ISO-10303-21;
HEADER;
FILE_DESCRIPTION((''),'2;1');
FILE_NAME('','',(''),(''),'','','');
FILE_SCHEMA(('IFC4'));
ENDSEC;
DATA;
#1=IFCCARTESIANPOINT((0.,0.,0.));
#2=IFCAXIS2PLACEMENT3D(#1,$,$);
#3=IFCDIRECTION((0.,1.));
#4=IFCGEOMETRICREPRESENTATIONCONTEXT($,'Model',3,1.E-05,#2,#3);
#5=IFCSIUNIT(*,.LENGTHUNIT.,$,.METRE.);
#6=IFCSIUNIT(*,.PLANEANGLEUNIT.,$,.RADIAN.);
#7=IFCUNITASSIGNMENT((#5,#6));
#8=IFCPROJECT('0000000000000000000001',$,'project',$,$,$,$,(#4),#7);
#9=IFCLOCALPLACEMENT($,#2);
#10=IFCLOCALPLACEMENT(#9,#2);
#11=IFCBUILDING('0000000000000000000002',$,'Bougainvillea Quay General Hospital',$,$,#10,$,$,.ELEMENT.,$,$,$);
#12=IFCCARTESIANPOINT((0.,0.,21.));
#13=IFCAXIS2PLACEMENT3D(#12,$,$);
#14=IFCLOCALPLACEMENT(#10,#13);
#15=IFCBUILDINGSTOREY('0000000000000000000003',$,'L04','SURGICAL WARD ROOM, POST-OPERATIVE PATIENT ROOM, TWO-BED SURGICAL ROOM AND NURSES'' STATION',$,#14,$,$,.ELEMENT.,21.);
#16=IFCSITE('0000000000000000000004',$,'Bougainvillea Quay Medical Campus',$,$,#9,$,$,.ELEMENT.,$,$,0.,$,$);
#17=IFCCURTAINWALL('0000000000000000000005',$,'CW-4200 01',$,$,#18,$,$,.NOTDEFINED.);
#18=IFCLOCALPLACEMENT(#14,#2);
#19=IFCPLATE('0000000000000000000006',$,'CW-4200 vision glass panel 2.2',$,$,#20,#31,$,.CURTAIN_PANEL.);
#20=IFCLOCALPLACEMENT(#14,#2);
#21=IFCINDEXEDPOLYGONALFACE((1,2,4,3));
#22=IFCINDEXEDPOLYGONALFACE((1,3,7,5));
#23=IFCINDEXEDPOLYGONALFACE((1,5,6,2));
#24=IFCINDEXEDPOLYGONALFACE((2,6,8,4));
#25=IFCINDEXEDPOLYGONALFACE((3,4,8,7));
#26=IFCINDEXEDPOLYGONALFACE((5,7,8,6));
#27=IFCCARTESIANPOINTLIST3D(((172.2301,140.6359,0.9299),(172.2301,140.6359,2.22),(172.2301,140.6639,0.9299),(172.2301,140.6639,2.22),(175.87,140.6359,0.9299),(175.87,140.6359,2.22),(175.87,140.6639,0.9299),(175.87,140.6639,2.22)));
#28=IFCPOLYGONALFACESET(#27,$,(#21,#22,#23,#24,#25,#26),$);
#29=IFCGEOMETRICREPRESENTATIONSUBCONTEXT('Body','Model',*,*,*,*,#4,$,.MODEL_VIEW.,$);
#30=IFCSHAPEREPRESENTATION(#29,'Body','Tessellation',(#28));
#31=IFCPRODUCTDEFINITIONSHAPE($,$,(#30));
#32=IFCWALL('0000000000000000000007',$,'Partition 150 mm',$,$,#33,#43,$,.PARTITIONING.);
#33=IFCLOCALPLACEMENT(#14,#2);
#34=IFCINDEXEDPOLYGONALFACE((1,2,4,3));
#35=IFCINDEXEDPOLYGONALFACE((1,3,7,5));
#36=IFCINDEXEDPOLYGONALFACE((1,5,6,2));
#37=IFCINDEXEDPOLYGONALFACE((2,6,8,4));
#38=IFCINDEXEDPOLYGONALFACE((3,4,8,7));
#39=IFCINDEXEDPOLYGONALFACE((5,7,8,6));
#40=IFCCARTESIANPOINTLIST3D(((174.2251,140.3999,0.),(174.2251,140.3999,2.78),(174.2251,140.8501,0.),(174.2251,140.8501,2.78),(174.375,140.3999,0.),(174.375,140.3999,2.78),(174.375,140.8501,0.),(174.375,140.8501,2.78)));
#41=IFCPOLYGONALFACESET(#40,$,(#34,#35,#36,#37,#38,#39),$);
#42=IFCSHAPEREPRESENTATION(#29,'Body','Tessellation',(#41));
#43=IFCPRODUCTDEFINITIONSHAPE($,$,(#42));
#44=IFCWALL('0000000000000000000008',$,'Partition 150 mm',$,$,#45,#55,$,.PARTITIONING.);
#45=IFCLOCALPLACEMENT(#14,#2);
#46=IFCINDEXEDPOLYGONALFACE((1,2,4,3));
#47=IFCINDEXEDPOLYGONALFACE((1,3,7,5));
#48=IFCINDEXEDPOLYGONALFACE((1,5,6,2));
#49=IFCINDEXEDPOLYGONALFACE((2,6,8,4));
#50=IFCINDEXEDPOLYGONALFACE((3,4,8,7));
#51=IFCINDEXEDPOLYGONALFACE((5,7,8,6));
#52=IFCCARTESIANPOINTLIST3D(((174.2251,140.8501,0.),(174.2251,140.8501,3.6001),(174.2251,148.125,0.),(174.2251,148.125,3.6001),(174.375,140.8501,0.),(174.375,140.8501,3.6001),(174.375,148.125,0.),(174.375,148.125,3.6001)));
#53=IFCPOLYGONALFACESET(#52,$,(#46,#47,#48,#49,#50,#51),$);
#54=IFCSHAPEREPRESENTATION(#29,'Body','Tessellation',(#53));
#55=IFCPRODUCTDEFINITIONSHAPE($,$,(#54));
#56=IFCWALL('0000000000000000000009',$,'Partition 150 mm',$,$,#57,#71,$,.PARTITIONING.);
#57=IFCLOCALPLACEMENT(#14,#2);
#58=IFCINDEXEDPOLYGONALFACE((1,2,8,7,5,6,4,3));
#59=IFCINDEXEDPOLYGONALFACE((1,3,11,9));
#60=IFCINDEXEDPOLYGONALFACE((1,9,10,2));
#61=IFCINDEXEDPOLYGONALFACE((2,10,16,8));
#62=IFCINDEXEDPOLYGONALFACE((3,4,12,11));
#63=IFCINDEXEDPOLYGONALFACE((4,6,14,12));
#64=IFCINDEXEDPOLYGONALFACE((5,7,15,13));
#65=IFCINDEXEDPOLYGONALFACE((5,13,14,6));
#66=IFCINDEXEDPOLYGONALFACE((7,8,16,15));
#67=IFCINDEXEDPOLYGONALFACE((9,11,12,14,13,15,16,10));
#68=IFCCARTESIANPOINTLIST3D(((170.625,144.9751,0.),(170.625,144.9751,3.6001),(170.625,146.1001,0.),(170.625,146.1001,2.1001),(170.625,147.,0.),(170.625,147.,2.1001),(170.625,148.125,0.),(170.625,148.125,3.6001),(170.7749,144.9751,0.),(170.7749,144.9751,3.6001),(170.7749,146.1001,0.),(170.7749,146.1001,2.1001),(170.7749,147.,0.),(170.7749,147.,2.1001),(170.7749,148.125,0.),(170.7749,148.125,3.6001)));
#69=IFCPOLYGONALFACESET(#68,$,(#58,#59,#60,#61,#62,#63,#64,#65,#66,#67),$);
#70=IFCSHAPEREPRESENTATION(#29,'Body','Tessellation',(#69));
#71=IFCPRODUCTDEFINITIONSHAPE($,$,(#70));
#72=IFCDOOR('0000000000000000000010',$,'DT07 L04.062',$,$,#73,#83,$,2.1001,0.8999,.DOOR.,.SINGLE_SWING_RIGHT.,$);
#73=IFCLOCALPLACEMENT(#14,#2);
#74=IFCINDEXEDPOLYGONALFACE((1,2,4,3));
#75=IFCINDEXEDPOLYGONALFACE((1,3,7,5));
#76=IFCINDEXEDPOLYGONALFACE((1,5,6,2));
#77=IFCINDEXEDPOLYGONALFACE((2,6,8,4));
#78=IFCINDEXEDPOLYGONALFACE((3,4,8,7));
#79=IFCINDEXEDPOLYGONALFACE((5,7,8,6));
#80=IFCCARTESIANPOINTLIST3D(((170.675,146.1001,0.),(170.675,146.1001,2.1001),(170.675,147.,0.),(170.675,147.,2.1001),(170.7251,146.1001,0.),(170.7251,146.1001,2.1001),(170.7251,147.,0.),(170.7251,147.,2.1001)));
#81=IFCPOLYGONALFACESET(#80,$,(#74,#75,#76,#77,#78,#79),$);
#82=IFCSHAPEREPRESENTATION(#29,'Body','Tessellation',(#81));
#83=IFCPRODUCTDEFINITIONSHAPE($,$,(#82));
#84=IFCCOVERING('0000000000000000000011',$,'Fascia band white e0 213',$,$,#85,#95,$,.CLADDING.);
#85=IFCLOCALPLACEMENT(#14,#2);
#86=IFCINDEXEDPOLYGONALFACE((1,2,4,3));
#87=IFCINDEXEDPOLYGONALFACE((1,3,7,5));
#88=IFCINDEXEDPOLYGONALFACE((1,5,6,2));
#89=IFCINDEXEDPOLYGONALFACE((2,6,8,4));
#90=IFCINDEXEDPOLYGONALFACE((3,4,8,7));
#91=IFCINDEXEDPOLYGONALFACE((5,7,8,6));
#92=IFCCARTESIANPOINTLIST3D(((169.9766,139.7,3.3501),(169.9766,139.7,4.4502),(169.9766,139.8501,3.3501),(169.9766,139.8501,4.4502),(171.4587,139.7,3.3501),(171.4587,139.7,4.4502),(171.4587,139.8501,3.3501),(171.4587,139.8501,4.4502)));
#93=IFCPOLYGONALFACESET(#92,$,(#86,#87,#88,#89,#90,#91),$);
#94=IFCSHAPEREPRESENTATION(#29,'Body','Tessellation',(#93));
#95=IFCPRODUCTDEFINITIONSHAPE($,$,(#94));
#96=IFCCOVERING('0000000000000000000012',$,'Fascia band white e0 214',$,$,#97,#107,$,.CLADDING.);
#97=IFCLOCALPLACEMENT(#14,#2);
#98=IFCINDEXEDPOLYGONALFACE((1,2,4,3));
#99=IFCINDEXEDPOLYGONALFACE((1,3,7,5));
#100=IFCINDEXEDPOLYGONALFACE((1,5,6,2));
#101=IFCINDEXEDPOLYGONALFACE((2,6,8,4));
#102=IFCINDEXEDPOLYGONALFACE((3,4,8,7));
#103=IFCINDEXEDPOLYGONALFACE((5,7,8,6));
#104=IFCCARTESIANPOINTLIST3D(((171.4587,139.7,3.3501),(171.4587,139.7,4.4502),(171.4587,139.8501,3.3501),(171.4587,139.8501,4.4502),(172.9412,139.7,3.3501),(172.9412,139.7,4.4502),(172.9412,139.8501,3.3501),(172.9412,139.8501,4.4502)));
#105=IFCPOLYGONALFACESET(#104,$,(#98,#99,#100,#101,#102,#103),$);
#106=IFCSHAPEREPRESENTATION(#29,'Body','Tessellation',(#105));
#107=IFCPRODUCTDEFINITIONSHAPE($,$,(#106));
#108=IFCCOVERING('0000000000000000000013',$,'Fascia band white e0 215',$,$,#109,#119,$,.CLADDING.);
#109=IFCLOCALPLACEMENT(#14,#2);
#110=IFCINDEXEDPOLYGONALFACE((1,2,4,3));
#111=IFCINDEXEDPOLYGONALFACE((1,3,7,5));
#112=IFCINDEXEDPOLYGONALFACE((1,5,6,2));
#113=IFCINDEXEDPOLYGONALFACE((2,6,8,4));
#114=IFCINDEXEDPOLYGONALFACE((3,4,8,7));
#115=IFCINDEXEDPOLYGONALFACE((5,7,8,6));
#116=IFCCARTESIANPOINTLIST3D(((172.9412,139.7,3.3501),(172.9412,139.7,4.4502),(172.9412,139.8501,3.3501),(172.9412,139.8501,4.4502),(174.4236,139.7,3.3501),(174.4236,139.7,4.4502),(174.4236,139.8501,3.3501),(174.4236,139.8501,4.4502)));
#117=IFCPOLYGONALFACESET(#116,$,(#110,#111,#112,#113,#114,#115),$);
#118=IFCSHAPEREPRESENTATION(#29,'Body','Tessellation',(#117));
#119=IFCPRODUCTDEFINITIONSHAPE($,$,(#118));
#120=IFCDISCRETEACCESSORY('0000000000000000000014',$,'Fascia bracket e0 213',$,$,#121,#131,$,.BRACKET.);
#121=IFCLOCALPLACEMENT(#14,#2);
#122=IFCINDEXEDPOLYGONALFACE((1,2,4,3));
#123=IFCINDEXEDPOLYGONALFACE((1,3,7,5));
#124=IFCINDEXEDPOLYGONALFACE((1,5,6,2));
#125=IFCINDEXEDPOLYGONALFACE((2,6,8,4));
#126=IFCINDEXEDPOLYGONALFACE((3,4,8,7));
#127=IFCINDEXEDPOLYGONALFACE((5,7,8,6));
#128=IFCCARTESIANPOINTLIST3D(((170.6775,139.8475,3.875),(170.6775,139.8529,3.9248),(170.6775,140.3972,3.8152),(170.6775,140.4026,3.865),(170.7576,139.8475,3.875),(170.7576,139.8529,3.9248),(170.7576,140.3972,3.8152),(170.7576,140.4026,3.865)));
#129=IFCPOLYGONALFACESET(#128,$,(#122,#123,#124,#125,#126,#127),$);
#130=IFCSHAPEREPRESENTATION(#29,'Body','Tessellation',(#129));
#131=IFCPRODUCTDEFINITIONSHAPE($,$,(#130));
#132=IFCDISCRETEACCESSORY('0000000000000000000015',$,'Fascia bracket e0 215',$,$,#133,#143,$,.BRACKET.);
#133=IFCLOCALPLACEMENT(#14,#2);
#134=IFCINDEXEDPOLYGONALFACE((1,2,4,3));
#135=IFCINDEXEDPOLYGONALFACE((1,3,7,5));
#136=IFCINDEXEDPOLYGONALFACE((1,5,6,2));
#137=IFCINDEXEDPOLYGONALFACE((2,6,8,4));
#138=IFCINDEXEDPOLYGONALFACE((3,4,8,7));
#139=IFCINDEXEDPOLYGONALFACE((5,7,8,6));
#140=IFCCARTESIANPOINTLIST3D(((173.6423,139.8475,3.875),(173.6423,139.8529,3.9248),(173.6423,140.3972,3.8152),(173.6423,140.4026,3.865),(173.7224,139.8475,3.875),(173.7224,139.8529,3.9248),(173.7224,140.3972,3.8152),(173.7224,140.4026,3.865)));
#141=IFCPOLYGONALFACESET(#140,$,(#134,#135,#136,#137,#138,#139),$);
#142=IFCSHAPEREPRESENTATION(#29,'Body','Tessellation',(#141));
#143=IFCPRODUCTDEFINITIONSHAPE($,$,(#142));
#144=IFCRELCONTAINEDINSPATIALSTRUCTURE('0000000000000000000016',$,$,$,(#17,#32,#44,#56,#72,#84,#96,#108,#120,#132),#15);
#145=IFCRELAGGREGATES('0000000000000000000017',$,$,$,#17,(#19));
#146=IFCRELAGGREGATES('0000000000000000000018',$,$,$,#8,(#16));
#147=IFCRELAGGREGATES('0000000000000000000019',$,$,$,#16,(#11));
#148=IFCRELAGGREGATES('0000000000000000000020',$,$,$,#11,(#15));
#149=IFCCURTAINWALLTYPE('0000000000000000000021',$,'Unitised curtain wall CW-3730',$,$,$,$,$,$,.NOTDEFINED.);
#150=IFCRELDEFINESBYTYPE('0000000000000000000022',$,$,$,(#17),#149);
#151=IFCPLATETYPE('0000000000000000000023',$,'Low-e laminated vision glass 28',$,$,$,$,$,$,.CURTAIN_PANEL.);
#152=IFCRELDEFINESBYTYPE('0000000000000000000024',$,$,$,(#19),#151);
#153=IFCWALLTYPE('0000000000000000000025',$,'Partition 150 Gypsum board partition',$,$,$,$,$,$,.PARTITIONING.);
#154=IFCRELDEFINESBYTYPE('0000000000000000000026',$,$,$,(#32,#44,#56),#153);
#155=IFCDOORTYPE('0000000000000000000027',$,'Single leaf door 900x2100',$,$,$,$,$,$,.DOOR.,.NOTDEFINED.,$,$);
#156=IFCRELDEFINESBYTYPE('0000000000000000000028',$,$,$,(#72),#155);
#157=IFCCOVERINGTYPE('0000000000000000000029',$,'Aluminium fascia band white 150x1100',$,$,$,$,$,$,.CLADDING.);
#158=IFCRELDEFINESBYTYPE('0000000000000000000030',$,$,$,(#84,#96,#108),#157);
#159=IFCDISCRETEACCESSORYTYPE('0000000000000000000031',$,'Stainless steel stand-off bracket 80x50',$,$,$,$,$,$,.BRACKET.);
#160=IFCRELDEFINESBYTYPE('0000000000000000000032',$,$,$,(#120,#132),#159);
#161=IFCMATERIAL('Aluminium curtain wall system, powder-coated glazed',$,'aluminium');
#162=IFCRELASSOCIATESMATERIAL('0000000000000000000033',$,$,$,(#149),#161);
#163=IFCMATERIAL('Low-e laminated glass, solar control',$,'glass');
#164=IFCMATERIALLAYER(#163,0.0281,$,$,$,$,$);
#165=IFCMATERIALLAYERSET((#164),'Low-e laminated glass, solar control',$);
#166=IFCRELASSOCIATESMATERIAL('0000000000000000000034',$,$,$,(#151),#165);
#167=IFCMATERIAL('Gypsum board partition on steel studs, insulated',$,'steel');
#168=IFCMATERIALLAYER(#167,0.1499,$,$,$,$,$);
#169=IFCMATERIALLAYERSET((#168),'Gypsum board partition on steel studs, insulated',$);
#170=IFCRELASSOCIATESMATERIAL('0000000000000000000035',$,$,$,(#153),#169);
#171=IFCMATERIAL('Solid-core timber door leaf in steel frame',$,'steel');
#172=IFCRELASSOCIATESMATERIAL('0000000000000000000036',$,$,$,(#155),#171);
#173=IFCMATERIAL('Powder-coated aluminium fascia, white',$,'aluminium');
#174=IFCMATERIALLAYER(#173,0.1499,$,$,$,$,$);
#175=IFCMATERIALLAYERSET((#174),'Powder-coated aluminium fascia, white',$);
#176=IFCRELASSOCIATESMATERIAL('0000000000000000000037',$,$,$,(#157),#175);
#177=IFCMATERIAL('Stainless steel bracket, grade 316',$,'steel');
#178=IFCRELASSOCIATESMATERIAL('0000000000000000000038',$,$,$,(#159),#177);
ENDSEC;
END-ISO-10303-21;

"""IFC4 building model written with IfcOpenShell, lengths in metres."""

from ifc_helpers import new_model, si_unit, direction, frame, frame_2d, origin, origin_2d, place, context, subcontext, project, spatial, polyline, rectangle, outline, extrude, material, layer, layer_set, material_profile, profile_set, type_object, element, fill, aggregate, save


model = new_model("IFC4")

# Units and contexts
model_context = context("Model", 3, precision=1e-05, world=origin(), true_north=direction((0.0, 1.0)))
body_context = subcontext(model_context, "Body", "Model", "MODEL_VIEW")
ifc_project = project(units=[si_unit("LENGTHUNIT", "METRE"), si_unit("PLANEANGLEUNIT", "RADIAN")], contexts=[model_context])

# Site, building, storey
site_placement = place(None, origin())
site = spatial("IfcSite", under=ifc_project, at=site_placement, Name="Bougainvillea Quay Medical Campus", CompositionType="ELEMENT", RefElevation=0.0)
building_placement = place(site_placement, origin())
building = spatial("IfcBuilding", under=site, at=building_placement, Name="Bougainvillea Quay General Hospital", CompositionType="ELEMENT")
storey_placement = place(building_placement, frame((0.0, 0.0, 21.0)))
storey = spatial("IfcBuildingStorey", under=building, at=storey_placement, Name="L04", Description="SURGICAL WARD ROOM, POST-OPERATIVE PATIENT ROOM, TWO-BED SURGICAL ROOM AND NURSES' STATION", CompositionType="ELEMENT", Elevation=21.0)

# Curtain wall, plate
ifc_material_1 = material(Name="Aluminium curtain wall system, powder-coated glazed", Category="aluminium")
curtain_wall_type = type_object("IfcCurtainWallType", Name="Unitised curtain wall CW-3730", PredefinedType="NOTDEFINED", material=ifc_material_1)
curtain_wall_placement = place(storey_placement, origin())
curtain_wall = element("IfcCurtainWall", 1, at=curtain_wall_placement, inside=storey, type_object=curtain_wall_type, Name="CW-4200 01", PredefinedType="NOTDEFINED")
ifc_material_2 = material(Name="Low-e laminated glass, solar control", Category="glass")
ifc_layer_1 = layer(ifc_material_2, 0.0281)
ifc_layer_set_1 = layer_set([ifc_layer_1], Name="Low-e laminated glass, solar control")
plate_type_1 = type_object("IfcPlateType", Name="Low-e laminated vision glass 28", PredefinedType="CURTAIN_PANEL", material=ifc_layer_set_1)
plate_1_placement = place(storey_placement, frame((174.05, 140.6499, 0.9299), z_axis=(0.0, 0.0, 1.0), x_axis=(1.0, 0.0, 0.0)))
plate_1 = element("IfcPlate", 2, at=plate_1_placement, type_object=plate_type_1, Name="CW-4200 vision glass panel 2.2", PredefinedType="CURTAIN_PANEL", context=body_context, shape_type="SweptSolid", body=[
    extrude(rectangle(XDim=3.6399, YDim=0.0281, at=origin_2d()), origin(), (0.0, 0.0, 1.0), 1.29),
])
aggregate(curtain_wall, [plate_1])

# Walls
ifc_material_3 = material(Name="Gypsum board partition on steel studs, insulated", Category="steel")
ifc_layer_2 = layer(ifc_material_3, 0.1499)
ifc_layer_set_2 = layer_set([ifc_layer_2], Name="Gypsum board partition on steel studs, insulated")
wall_type = type_object("IfcWallType", Name="Partition 150 Gypsum board partition", PredefinedType="PARTITIONING", material=ifc_layer_set_2)
wall_1_placement = place(storey_placement, frame((174.3, 140.3999, 0.0), z_axis=(0.0, 0.0, 1.0), x_axis=(0.0, 1.0, 0.0)))
element("IfcWall", 3, at=wall_1_placement, inside=storey, type_object=wall_type, Name="Partition 150 mm", PredefinedType="PARTITIONING", context=body_context, shape_type="SweptSolid", body=[
    extrude(rectangle(XDim=0.4502, YDim=0.1499, at=frame_2d((0.2251, 0.0))), origin(), (0.0, 0.0, 1.0), 2.78),
])
wall_2_placement = place(storey_placement, frame((174.3, 140.8501, 0.0), z_axis=(0.0, 0.0, 1.0), x_axis=(0.0, 1.0, 0.0)))
element("IfcWall", 4, at=wall_2_placement, inside=storey, type_object=wall_type, Name="Partition 150 mm", PredefinedType="PARTITIONING", context=body_context, shape_type="SweptSolid", body=[
    extrude(rectangle(XDim=7.2749, YDim=0.1499, at=frame_2d((3.6375, 0.0))), origin(), (0.0, 0.0, 1.0), 3.6001),
])

# Wall, opening, door
wall_3_placement = place(storey_placement, frame((170.7, 144.9751, 0.0), z_axis=(0.0, 0.0, 1.0), x_axis=(0.0, 1.0, 0.0)))
wall_3 = element("IfcWall", 5, at=wall_3_placement, inside=storey, type_object=wall_type, Name="Partition 150 mm", PredefinedType="PARTITIONING", context=body_context, shape_type="SweptSolid", body=[
    extrude(rectangle(XDim=3.1499, YDim=0.1499, at=frame_2d((1.575, 0.0))), origin(), (0.0, 0.0, 1.0), 3.6001),
])
opening_placement = place(wall_3_placement, frame((1.125, 0.0, 0.0)))
opening = element("IfcOpeningElement", 6, at=opening_placement, cuts=wall_3, PredefinedType="OPENING", context=body_context, shape_type="SweptSolid", body=[
    extrude(rectangle(XDim=0.8999, YDim=2.1001, at=frame_2d((0.45, 1.05))), frame((0.0, 0.085, 0.0), z_axis=(0.0, -1.0, 0.0), x_axis=(1.0, 0.0, 0.0)), (0.0, 0.0, 1.0), 0.1699),
])
ifc_material_4 = material(Name="Solid-core timber door leaf in steel frame", Category="steel")
door_type = type_object("IfcDoorType", Name="Single leaf door 900x2100", OperationType="NOTDEFINED", PredefinedType="DOOR", material=ifc_material_4)
door_placement = place(opening_placement, origin())
door = element("IfcDoor", 7, at=door_placement, inside=storey, type_object=door_type, Name="DT07 L04.062", OperationType="SINGLE_SWING_RIGHT", OverallHeight=2.1001, OverallWidth=0.8999, PredefinedType="DOOR", context=body_context, shape_type="SweptSolid", body=[
    extrude(rectangle(XDim=0.8999, YDim=2.1001, at=frame_2d((0.45, 1.05))), frame((0.0, 0.0249, 0.0), z_axis=(0.0, -1.0, 0.0), x_axis=(1.0, 0.0, 0.0)), (0.0, 0.0, 1.0), 0.05),
])
fill(opening, door)

# Coverings
ifc_material_5 = material(Name="Powder-coated aluminium fascia, white", Category="aluminium")
ifc_layer_3 = layer(ifc_material_5, 0.1499)
ifc_layer_set_3 = layer_set([ifc_layer_3], Name="Powder-coated aluminium fascia, white")
covering_type = type_object("IfcCoveringType", Name="Aluminium fascia band white 150x1100", PredefinedType="CLADDING", material=ifc_layer_set_3)
covering_placement = place(storey_placement, frame((169.9766, 139.8501, 3.3501), z_axis=(0.0, 0.0, 1.0), x_axis=(1.0, 0.0, 0.0)))
element("IfcCovering", 8, at=covering_placement, inside=storey, type_object=covering_type, Name="Fascia band white e0 213", PredefinedType="CLADDING", context=body_context, shape_type="SweptSolid", body=[
    extrude(outline(polyline([(0.0, 0.0), (1.4822, 0.0), (1.4822, -0.1501), (0.0, -0.1501), (0.0, 0.0)])), origin(), (0.0, 0.0, 1.0), 1.1001),
])
for number, where, z_axis, x_axis, name in (
    (9, (171.4587, 139.8501, 3.3501), (0.0, 0.0, 1.0), (1.0, 0.0, 0.0), "Fascia band white e0 214"),
    (10, (172.9412, 139.8501, 3.3501), (0.0, 0.0, 1.0), (1.0, 0.0, 0.0), "Fascia band white e0 215"),
):
    element("IfcCovering", number, at=place(storey_placement, frame(where, z_axis=z_axis, x_axis=x_axis)), inside=storey, type_object=covering_type, Name=name, PredefinedType="CLADDING", context=body_context, shape_type="SweptSolid", body=[
        extrude(outline(polyline([(0.0, 0.0), (1.4824, 0.0), (1.4824, -0.1501), (0.0, -0.1501), (0.0, 0.0)])), origin(), (0.0, 0.0, 1.0), 1.1001),
    ])

# Discrete accessories
ifc_material_6 = material(Name="Stainless steel bracket, grade 316", Category="steel")
ifc_material_profile_1 = material_profile(ifc_material_6, rectangle(XDim=0.0801, YDim=0.05, at=origin_2d()))
ifc_profile_set_1 = profile_set([ifc_material_profile_1], Name="Stainless steel bracket, grade 316")
discrete_accessory_type = type_object("IfcDiscreteAccessoryType", Name="Stainless steel stand-off bracket 80x50", PredefinedType="BRACKET", material=ifc_profile_set_1)
for number, where, z_axis, x_axis, name in (
    (11, (170.7175, 140.3999, 3.8401), (0.0, -0.994134, 0.108154), (1.0, 0.0, 0.0), "Fascia bracket e0 213"),
    (12, (173.6824, 140.3999, 3.8401), (0.0, -0.994134, 0.108154), (1.0, 0.0, 0.0), "Fascia bracket e0 215"),
):
    element("IfcDiscreteAccessory", number, at=place(storey_placement, frame(where, z_axis=z_axis, x_axis=x_axis)), inside=storey, type_object=discrete_accessory_type, Name=name, PredefinedType="BRACKET", context=body_context, shape_type="SweptSolid", body=[
        extrude(rectangle(XDim=0.0801, YDim=0.05, at=origin_2d()), origin(), (0.0, 0.0, 1.0), 0.553),
    ])

save(model, "model.ifc")
